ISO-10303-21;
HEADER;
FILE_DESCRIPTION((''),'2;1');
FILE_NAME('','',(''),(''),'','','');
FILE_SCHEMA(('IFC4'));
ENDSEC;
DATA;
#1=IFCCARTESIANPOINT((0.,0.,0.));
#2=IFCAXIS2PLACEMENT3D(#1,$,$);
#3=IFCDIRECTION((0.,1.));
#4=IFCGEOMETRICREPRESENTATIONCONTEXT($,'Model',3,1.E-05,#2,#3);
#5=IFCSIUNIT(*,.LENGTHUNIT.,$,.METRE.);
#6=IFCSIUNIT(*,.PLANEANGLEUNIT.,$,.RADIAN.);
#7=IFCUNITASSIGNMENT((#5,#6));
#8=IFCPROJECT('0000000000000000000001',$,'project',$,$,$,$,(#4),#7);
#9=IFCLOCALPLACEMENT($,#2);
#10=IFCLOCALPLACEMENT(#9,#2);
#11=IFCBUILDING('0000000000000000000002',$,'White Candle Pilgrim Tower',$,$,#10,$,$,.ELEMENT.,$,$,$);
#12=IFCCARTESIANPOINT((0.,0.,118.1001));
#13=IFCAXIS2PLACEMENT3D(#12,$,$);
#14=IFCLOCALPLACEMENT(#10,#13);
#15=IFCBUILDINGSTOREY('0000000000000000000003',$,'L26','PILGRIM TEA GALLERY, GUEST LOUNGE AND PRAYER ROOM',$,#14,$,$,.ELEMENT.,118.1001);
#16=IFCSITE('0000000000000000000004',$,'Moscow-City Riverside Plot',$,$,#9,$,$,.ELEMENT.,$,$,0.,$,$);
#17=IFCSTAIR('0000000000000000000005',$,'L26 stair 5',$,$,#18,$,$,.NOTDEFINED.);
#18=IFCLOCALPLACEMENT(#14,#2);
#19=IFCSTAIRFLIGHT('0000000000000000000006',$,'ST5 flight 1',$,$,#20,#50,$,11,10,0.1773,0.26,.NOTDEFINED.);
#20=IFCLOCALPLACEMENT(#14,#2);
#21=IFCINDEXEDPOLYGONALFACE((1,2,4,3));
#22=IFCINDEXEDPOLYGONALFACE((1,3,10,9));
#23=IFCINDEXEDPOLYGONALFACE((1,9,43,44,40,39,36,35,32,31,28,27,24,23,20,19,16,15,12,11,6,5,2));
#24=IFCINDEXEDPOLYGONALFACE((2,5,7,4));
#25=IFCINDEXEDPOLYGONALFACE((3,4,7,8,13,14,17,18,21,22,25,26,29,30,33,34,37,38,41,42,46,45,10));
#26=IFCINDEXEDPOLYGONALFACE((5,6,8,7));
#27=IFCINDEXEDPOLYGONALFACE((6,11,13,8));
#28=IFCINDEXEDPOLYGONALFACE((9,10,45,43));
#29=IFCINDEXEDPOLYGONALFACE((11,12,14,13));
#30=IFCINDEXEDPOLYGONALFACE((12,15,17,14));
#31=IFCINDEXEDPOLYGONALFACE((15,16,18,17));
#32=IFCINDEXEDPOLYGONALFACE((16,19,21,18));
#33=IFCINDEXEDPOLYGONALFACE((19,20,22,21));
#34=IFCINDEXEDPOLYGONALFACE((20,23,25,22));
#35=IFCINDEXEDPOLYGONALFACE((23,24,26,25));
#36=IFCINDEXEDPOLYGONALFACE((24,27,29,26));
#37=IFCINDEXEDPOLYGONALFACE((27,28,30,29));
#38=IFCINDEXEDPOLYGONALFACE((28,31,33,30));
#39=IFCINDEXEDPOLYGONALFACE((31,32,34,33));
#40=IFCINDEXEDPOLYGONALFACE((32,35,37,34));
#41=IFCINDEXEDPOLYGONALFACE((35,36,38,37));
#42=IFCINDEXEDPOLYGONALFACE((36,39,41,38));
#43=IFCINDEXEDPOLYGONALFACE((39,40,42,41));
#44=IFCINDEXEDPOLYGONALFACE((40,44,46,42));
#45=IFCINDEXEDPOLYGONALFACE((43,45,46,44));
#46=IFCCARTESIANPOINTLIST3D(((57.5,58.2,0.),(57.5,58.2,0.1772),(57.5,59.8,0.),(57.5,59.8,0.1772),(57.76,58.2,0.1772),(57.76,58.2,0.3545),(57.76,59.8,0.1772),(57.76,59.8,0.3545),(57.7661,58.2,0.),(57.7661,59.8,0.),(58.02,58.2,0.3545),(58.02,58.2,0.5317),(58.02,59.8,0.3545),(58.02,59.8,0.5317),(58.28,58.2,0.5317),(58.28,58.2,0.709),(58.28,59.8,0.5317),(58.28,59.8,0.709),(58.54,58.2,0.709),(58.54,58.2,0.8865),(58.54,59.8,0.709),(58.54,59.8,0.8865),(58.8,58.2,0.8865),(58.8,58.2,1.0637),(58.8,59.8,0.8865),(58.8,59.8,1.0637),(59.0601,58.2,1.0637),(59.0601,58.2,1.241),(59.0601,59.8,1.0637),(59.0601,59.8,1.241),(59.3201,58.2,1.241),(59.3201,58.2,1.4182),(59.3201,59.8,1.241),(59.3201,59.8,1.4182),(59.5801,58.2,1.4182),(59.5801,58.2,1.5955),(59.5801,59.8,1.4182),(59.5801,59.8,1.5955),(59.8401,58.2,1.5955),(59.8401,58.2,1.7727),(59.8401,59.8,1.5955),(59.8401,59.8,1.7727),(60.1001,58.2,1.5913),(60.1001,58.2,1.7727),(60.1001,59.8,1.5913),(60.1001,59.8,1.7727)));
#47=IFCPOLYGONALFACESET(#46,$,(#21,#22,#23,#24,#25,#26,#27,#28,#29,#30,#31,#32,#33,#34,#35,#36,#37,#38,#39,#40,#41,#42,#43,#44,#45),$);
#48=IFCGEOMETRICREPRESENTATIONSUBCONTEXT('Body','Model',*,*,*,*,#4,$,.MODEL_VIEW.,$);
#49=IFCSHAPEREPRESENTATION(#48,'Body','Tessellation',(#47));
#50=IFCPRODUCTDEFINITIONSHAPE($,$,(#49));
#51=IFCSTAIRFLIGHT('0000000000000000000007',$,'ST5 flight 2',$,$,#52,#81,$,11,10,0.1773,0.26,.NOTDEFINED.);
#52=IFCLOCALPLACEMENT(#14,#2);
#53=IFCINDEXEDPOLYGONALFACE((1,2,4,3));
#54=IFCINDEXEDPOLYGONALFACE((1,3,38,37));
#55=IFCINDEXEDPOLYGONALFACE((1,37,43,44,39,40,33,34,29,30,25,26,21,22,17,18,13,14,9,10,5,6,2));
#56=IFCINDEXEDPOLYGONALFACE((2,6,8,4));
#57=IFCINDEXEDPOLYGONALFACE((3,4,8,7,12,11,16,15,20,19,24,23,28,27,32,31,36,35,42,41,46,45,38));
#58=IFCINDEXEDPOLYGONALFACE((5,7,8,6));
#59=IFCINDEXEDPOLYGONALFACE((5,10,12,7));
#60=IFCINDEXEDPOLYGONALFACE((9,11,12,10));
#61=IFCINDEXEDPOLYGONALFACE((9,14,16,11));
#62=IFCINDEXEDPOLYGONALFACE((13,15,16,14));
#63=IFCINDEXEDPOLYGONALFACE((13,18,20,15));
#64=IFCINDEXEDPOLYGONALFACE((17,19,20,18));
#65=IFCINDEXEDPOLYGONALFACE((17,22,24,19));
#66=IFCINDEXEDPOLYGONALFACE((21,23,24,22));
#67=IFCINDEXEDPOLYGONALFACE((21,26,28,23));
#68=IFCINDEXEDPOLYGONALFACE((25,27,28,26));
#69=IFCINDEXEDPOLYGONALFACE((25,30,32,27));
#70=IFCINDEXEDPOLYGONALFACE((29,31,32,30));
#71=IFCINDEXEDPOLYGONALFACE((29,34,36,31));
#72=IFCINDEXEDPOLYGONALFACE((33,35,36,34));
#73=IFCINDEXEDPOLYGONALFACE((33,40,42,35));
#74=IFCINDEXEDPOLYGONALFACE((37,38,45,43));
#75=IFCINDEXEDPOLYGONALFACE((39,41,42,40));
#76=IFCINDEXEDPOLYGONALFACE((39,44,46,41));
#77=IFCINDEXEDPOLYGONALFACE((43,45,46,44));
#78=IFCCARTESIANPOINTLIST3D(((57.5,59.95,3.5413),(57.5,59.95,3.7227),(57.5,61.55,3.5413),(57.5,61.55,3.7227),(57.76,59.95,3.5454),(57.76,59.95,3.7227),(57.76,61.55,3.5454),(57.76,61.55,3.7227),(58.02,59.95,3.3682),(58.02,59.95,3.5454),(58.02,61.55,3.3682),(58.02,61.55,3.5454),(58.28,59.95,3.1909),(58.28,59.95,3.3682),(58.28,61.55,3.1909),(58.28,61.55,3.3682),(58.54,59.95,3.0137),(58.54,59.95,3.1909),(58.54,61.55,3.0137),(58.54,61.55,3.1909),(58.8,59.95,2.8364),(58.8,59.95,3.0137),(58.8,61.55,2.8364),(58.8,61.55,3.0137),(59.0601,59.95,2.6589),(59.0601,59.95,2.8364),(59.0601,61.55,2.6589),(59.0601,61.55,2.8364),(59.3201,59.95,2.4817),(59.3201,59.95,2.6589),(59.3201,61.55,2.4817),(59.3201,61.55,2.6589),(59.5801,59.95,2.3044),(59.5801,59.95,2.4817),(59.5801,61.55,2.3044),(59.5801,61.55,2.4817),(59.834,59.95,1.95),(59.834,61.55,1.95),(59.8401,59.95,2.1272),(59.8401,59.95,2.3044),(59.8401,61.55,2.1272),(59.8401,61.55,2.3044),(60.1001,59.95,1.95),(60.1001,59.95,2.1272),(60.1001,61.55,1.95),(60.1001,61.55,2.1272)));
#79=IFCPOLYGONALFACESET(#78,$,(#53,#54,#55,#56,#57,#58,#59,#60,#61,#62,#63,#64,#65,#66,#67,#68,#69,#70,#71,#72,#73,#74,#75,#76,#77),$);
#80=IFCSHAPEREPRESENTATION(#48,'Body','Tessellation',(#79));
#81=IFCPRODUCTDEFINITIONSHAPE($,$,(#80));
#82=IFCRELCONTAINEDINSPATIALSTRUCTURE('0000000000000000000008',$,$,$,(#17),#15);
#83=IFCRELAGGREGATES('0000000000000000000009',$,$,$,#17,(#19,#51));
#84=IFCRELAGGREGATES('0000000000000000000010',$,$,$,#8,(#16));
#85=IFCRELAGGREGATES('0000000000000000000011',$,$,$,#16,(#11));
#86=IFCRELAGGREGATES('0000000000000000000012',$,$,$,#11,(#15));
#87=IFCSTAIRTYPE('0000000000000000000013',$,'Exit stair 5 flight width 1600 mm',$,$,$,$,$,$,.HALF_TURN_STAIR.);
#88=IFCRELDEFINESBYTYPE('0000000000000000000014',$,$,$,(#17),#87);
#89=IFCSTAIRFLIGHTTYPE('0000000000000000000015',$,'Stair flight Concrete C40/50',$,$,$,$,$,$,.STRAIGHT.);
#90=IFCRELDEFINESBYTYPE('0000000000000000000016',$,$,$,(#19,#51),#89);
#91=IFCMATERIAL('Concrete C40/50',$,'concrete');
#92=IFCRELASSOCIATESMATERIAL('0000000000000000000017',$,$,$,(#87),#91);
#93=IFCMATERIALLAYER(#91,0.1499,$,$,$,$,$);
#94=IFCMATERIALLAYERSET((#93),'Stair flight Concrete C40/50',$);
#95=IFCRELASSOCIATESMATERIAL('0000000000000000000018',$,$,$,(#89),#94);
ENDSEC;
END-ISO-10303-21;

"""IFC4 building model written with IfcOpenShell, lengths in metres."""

from ifc_helpers import new_model, si_unit, direction, frame, origin, place, context, subcontext, project, spatial, polyline, outline, extrude, material, layer, layer_set, type_object, element, aggregate, save


model = new_model("IFC4")

# Units and contexts
model_context = context("Model", 3, precision=1e-05, world=origin(), true_north=direction((0.0, 1.0)))
body_context = subcontext(model_context, "Body", "Model", "MODEL_VIEW")
ifc_project = project(units=[si_unit("LENGTHUNIT", "METRE"), si_unit("PLANEANGLEUNIT", "RADIAN")], contexts=[model_context])

# Site, building, storey
site_placement = place(None, origin())
site = spatial("IfcSite", under=ifc_project, at=site_placement, Name="Moscow-City Riverside Plot", CompositionType="ELEMENT", RefElevation=0.0)
building_placement = place(site_placement, origin())
building = spatial("IfcBuilding", under=site, at=building_placement, Name="White Candle Pilgrim Tower", CompositionType="ELEMENT")
storey_placement = place(building_placement, frame((0.0, 0.0, 118.1001)))
storey = spatial("IfcBuildingStorey", under=building, at=storey_placement, Name="L26", Description="PILGRIM TEA GALLERY, GUEST LOUNGE AND PRAYER ROOM", CompositionType="ELEMENT", Elevation=118.1001)

# Stair, stair flights
ifc_material_1 = material(Name="Concrete C40/50", Category="concrete")
stair_type = type_object("IfcStairType", Name="Exit stair 5 flight width 1600 mm", PredefinedType="HALF_TURN_STAIR", material=ifc_material_1)
stair_placement = place(storey_placement, origin())
stair = element("IfcStair", 1, at=stair_placement, inside=storey, type_object=stair_type, Name="L26 stair 5", PredefinedType="NOTDEFINED")
ifc_layer_1 = layer(ifc_material_1, 0.1499)
ifc_layer_set_1 = layer_set([ifc_layer_1], Name="Stair flight Concrete C40/50")
stair_flight_type = type_object("IfcStairFlightType", Name="Stair flight Concrete C40/50", PredefinedType="STRAIGHT", material=ifc_layer_set_1)
stair_flight_1_placement = place(storey_placement, frame((57.5, 59.0, 0.0), z_axis=(0.0, 0.0, 1.0), x_axis=(1.0, 0.0, 0.0)))
stair_flight_1 = element("IfcStairFlight", 2, at=stair_flight_1_placement, type_object=stair_flight_type, Name="ST5 flight 1", NumberOfRisers=11, NumberOfTreads=10, PredefinedType="NOTDEFINED", RiserHeight=0.1773, TreadLength=0.26, context=body_context, shape_type="SweptSolid", body=[
    extrude(outline(polyline([(0.0, 0.0), (0.0, 0.1772), (0.26, 0.1772), (0.26, 0.3545), (0.52, 0.3545), (0.52, 0.5317), (0.78, 0.5317), (0.78, 0.709), (1.04, 0.709), (1.04, 0.8865), (1.3, 0.8865), (1.3, 1.0637), (1.5601, 1.0637), (1.5601, 1.241), (1.8201, 1.241), (1.8201, 1.4182), (2.0801, 1.4182), (2.0801, 1.5955), (2.3401, 1.5955), (2.3401, 1.7727), (2.6001, 1.7727), (2.6001, 1.95), (2.6001, 1.5913), (0.2661, 0.0), (0.0, 0.0)])), frame((0.0, 0.8, 0.0), z_axis=(0.0, -1.0, 0.0), x_axis=(1.0, 0.0, 0.0)), (0.0, 0.0, 1.0), 1.6001),
])
stair_flight_2_placement = place(storey_placement, frame((60.1001, 60.75, 1.95), z_axis=(0.0, 0.0, 1.0), x_axis=(-1.0, 0.0, 0.0)))
stair_flight_2 = element("IfcStairFlight", 3, at=stair_flight_2_placement, type_object=stair_flight_type, Name="ST5 flight 2", NumberOfRisers=11, NumberOfTreads=10, PredefinedType="NOTDEFINED", RiserHeight=0.1773, TreadLength=0.26, context=body_context, shape_type="SweptSolid", body=[
    extrude(outline(polyline([(0.0, 0.0), (0.0, 0.1772), (0.26, 0.1772), (0.26, 0.3545), (0.52, 0.3545), (0.52, 0.5317), (0.78, 0.5317), (0.78, 0.709), (1.04, 0.709), (1.04, 0.8865), (1.3, 0.8865), (1.3, 1.0637), (1.5601, 1.0637), (1.5601, 1.241), (1.8201, 1.241), (1.8201, 1.4182), (2.0801, 1.4182), (2.0801, 1.5955), (2.3401, 1.5955), (2.3401, 1.7727), (2.6001, 1.7727), (2.6001, 1.95), (2.6001, 1.5913), (0.2661, 0.0), (0.0, 0.0)])), frame((0.0, 0.8, 0.0), z_axis=(0.0, -1.0, 0.0), x_axis=(1.0, 0.0, 0.0)), (0.0, 0.0, 1.0), 1.6001),
])
aggregate(stair, [stair_flight_1, stair_flight_2])

save(model, "model.ifc")
